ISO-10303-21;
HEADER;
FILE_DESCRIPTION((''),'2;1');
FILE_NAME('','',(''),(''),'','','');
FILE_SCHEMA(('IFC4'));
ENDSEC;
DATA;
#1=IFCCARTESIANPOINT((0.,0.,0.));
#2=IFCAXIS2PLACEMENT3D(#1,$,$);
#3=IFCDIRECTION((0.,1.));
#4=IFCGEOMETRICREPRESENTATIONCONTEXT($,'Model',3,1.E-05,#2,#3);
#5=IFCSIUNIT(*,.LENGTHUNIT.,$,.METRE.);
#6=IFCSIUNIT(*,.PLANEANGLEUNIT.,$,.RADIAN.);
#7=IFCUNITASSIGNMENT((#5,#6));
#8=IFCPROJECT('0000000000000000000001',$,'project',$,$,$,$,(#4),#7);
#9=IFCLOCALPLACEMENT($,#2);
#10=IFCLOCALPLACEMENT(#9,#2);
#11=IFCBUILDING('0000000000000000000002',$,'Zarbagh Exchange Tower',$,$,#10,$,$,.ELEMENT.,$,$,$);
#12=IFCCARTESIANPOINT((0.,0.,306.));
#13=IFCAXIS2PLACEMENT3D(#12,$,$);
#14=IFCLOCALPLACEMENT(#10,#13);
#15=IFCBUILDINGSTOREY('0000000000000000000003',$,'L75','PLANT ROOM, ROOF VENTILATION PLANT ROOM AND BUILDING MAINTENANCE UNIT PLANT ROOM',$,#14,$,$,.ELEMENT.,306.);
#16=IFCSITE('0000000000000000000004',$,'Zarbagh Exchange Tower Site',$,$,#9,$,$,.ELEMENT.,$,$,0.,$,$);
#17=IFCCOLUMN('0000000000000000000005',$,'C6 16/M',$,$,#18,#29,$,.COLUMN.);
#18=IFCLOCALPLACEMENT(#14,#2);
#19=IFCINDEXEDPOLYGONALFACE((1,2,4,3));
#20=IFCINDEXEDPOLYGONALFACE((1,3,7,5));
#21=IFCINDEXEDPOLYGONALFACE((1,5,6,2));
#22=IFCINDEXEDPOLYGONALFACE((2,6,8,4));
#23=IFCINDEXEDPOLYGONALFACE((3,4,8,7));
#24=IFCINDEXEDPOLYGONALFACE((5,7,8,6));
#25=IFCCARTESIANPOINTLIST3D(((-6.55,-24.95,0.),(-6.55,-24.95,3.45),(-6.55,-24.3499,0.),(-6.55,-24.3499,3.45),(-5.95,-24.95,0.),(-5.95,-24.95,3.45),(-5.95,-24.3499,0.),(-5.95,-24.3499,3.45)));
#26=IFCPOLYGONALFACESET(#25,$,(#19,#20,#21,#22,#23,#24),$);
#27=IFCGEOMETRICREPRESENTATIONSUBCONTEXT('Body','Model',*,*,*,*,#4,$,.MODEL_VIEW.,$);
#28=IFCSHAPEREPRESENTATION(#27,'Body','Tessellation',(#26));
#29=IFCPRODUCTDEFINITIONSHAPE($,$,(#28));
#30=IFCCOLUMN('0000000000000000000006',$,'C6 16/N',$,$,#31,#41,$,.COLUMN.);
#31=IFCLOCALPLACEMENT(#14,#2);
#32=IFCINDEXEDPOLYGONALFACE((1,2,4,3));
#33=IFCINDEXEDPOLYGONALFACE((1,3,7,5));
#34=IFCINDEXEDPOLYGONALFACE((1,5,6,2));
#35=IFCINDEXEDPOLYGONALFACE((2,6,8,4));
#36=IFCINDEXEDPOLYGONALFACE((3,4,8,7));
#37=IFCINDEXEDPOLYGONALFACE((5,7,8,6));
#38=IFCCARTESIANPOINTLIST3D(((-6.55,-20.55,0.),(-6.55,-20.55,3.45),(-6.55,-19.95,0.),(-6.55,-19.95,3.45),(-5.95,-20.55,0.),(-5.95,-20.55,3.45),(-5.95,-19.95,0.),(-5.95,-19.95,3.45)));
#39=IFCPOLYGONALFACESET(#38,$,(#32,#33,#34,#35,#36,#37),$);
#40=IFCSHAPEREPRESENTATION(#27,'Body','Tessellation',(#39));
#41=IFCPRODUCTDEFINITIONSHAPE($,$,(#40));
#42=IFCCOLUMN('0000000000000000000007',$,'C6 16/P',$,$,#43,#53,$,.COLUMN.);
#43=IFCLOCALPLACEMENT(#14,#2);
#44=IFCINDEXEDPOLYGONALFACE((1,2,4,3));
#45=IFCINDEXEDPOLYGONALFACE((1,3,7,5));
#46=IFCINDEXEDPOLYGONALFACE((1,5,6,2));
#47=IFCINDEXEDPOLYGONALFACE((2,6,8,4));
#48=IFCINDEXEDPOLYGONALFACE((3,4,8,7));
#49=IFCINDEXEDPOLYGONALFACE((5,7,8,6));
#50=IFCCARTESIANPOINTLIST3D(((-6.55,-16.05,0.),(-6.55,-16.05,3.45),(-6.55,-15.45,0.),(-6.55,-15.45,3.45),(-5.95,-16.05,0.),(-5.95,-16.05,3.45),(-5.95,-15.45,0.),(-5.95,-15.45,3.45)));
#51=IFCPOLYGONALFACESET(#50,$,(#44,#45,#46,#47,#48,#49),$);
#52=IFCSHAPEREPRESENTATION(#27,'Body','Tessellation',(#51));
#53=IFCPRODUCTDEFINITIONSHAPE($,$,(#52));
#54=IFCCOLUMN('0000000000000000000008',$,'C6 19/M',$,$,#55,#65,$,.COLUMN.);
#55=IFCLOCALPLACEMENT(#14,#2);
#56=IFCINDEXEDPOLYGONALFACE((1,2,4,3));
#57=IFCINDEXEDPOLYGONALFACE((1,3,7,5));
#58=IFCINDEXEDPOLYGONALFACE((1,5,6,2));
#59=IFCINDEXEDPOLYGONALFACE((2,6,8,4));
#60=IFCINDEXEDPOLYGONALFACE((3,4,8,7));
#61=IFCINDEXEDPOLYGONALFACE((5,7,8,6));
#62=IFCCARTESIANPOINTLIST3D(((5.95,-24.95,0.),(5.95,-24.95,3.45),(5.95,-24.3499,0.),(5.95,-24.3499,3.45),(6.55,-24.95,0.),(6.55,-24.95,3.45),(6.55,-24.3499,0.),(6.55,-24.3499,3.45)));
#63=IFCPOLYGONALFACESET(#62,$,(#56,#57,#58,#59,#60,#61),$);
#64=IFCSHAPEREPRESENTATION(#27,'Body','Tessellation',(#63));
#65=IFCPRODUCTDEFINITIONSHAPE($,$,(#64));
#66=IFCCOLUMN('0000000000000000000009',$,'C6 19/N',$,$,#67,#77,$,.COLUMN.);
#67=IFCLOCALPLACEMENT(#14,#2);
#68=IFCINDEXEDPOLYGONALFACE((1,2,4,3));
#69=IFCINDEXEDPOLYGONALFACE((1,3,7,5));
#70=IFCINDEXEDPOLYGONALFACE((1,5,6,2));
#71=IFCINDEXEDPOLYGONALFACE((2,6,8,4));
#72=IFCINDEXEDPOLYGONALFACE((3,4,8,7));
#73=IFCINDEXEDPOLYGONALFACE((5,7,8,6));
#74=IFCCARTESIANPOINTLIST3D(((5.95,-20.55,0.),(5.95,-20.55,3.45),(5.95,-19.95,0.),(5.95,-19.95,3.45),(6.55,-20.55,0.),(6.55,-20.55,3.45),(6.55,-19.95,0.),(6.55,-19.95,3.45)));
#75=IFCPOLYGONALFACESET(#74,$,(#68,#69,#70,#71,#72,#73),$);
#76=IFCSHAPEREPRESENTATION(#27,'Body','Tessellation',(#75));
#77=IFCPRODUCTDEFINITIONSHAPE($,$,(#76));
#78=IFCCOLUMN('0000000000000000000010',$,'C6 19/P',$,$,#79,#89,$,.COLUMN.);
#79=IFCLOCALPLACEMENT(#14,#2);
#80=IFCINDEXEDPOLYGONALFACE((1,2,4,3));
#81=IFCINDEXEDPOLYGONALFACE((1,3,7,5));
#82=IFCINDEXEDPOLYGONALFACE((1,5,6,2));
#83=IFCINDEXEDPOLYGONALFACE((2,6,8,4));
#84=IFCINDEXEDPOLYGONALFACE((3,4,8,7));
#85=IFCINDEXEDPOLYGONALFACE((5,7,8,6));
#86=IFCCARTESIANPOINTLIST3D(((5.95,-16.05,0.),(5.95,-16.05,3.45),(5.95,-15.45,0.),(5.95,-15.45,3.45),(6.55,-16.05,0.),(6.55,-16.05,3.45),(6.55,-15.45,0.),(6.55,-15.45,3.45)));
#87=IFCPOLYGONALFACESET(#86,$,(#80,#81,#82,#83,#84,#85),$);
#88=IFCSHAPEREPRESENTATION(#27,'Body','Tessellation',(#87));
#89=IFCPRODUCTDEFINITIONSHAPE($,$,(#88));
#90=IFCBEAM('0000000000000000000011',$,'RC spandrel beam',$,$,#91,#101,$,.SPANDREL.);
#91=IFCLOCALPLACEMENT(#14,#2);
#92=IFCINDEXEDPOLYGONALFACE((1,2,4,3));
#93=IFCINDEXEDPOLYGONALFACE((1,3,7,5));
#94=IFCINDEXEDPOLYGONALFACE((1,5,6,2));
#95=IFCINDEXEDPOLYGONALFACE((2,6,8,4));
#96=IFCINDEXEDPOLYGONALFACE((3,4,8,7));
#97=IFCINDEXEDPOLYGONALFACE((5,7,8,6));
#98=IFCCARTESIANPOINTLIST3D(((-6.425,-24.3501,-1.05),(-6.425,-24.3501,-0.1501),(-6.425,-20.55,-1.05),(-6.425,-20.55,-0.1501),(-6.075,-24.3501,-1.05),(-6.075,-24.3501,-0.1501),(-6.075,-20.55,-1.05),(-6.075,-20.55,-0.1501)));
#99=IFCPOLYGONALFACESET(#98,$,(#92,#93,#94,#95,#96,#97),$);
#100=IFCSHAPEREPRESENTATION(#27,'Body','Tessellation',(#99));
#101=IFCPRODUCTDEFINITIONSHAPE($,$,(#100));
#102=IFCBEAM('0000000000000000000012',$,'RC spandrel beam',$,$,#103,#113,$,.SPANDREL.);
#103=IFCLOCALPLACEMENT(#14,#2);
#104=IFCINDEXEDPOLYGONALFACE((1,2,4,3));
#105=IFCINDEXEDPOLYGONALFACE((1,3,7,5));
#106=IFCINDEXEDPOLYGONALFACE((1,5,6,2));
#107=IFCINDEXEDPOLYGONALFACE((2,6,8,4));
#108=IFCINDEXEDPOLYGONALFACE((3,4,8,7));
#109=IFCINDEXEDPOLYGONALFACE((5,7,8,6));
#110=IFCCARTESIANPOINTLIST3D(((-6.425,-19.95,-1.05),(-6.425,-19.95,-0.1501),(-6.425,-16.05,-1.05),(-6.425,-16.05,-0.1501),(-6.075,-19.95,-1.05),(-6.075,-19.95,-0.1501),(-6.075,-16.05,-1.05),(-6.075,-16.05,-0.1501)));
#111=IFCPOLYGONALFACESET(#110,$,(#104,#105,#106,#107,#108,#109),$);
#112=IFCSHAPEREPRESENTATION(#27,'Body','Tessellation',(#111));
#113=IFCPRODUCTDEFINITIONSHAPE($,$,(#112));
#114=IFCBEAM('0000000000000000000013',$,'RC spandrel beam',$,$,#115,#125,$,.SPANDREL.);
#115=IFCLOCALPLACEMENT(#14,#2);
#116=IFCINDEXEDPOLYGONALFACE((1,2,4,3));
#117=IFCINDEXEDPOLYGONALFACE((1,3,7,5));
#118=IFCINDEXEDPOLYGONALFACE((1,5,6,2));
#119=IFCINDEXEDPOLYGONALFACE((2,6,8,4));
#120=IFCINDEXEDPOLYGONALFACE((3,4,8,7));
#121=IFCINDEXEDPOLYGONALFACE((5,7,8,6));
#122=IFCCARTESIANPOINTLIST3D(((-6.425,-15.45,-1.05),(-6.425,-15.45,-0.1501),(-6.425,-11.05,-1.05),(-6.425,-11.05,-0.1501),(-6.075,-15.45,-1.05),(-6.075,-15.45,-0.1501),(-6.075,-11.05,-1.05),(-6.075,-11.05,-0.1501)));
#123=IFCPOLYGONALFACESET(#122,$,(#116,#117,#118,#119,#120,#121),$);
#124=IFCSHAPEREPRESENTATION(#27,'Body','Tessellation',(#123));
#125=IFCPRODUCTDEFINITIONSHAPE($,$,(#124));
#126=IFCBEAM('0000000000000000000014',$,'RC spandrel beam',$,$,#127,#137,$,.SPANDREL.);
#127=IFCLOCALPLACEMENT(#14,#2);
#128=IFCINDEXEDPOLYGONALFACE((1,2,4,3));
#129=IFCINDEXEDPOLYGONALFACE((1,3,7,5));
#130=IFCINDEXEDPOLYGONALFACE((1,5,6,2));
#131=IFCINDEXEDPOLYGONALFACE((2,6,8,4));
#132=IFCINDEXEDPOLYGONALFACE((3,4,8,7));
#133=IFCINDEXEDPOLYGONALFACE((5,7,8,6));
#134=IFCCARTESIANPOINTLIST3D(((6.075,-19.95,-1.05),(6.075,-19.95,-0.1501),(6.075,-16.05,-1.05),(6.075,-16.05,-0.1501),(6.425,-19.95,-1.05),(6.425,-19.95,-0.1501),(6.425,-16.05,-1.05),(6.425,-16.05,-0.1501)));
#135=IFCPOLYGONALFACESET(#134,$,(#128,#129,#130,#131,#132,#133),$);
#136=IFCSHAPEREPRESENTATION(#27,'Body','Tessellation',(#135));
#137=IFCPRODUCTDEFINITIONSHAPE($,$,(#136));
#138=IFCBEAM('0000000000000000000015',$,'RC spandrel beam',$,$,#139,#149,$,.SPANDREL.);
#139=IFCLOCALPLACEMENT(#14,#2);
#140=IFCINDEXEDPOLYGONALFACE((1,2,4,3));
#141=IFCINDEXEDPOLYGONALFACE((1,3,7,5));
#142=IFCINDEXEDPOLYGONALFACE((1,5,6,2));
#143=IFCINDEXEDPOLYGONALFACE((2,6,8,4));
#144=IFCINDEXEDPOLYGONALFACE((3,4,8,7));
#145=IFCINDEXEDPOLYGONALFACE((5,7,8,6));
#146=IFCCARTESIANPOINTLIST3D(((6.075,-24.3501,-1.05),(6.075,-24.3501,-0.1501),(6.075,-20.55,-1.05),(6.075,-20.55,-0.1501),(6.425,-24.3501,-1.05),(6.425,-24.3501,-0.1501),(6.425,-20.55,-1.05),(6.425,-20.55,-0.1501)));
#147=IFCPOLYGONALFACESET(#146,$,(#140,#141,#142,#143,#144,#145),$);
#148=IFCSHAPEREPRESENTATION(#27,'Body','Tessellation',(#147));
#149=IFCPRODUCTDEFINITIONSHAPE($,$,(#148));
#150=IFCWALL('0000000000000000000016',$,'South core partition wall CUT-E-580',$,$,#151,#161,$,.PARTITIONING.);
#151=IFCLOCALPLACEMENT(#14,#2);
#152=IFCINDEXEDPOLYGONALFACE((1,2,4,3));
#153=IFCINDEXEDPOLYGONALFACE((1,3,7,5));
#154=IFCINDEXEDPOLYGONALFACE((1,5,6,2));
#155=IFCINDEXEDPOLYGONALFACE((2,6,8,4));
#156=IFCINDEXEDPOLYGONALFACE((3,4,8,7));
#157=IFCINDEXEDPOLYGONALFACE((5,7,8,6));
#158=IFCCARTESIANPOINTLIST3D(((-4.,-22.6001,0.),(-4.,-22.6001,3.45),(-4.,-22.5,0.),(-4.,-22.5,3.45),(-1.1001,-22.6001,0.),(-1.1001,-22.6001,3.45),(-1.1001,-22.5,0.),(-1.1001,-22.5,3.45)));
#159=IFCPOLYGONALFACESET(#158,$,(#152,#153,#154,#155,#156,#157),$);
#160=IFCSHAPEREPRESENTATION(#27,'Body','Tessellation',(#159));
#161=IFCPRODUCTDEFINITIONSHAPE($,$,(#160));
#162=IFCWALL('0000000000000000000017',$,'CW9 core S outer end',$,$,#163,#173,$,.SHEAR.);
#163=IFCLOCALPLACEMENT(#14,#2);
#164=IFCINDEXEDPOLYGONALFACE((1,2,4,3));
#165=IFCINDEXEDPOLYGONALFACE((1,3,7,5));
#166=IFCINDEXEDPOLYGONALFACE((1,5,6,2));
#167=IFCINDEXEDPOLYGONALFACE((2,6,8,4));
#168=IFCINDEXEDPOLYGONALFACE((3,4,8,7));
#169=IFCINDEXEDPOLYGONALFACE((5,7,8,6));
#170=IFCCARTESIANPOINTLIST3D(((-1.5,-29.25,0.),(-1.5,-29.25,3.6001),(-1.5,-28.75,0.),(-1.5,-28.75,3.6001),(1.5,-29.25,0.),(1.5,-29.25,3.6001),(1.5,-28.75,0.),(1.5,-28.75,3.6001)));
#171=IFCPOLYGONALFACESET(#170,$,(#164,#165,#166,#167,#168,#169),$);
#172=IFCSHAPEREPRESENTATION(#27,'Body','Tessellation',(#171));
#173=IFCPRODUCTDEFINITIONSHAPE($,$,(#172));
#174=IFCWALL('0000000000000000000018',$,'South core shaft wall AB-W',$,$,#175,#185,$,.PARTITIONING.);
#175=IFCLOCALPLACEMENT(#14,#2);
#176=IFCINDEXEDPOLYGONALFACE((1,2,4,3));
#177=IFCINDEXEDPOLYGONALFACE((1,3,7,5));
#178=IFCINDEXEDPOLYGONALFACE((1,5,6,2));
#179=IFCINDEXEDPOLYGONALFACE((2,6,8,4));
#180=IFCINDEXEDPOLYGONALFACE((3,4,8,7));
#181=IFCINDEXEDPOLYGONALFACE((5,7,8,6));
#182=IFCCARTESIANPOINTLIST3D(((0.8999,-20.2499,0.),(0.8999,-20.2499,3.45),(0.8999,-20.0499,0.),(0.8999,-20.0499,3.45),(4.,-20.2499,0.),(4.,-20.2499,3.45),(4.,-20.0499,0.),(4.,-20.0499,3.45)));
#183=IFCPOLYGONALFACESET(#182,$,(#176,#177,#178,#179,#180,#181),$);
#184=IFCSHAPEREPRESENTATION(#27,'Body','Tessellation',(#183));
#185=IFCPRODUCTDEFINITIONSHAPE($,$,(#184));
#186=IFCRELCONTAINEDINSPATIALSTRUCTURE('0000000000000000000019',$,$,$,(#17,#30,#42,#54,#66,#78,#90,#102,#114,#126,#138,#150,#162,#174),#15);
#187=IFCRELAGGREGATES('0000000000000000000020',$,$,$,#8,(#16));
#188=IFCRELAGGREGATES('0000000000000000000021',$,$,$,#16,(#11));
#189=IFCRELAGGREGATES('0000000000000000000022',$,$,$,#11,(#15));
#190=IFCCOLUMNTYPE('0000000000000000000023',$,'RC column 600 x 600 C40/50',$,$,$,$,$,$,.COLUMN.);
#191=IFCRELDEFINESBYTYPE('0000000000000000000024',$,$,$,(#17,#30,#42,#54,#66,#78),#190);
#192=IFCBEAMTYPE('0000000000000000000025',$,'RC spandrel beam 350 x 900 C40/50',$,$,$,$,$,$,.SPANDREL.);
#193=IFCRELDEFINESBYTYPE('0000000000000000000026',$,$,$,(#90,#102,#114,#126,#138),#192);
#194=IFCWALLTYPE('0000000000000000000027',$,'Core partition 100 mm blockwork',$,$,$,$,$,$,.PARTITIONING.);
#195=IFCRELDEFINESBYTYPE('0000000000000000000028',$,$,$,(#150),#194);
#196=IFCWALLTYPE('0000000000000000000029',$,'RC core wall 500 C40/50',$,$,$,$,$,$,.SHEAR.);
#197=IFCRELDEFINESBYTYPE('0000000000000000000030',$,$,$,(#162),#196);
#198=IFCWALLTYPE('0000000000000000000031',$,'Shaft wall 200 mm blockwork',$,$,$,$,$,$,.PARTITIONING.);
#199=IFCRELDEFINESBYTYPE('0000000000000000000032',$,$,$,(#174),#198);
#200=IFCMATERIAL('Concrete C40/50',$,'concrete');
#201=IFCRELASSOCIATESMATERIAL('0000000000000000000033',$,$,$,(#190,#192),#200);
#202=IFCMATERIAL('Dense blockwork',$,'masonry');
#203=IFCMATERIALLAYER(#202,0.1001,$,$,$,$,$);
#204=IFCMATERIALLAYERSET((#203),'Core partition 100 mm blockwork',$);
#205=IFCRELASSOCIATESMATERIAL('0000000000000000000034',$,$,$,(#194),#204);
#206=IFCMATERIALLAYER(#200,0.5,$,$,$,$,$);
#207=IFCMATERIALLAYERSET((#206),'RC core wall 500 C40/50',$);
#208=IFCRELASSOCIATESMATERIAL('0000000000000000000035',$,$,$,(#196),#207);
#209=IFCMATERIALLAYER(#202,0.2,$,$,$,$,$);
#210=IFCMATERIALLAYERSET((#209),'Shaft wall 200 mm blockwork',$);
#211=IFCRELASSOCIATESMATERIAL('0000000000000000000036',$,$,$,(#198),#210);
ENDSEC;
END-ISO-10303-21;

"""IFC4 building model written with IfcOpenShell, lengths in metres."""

from ifc_helpers import new_model, si_unit, direction, frame, frame_2d, origin, origin_2d, place, context, subcontext, project, spatial, rectangle, extrude, material, layer, layer_set, material_profile, profile_set, type_object, element, save


model = new_model("IFC4")

# Units and contexts
model_context = context("Model", 3, precision=1e-05, world=origin(), true_north=direction((0.0, 1.0)))
body_context = subcontext(model_context, "Body", "Model", "MODEL_VIEW")
ifc_project = project(units=[si_unit("LENGTHUNIT", "METRE"), si_unit("PLANEANGLEUNIT", "RADIAN")], contexts=[model_context])

# Site, building, storey
site_placement = place(None, origin())
site = spatial("IfcSite", under=ifc_project, at=site_placement, Name="Zarbagh Exchange Tower Site", CompositionType="ELEMENT", RefElevation=0.0)
building_placement = place(site_placement, origin())
building = spatial("IfcBuilding", under=site, at=building_placement, Name="Zarbagh Exchange Tower", CompositionType="ELEMENT")
storey_placement = place(building_placement, frame((0.0, 0.0, 306.0)))
storey = spatial("IfcBuildingStorey", under=building, at=storey_placement, Name="L75", Description="PLANT ROOM, ROOF VENTILATION PLANT ROOM AND BUILDING MAINTENANCE UNIT PLANT ROOM", CompositionType="ELEMENT", Elevation=306.0)

# Columns
ifc_material_1 = material(Name="Concrete C40/50", Category="concrete")
ifc_material_profile_1 = material_profile(ifc_material_1, rectangle(XDim=0.6001, YDim=0.6001, at=origin_2d()), Name="RC column 600 x 600 C40/50")
ifc_profile_set_1 = profile_set([ifc_material_profile_1], Name="Concrete C40/50")
column_type = type_object("IfcColumnType", Name="RC column 600 x 600 C40/50", PredefinedType="COLUMN", material=ifc_profile_set_1)
for number, where, z_axis, x_axis, name in (
    (1, (-6.25, -24.6499, 0.0), (0.0, 0.0, 1.0), (1.0, 0.0, 0.0), "C6 16/M"),
    (2, (-6.25, -20.25, 0.0), (0.0, 0.0, 1.0), (1.0, 0.0, 0.0), "C6 16/N"),
    (3, (-6.25, -15.75, 0.0), (0.0, 0.0, 1.0), (1.0, 0.0, 0.0), "C6 16/P"),
    (4, (6.25, -24.6499, 0.0), (0.0, 0.0, 1.0), (1.0, 0.0, 0.0), "C6 19/M"),
    (5, (6.25, -20.25, 0.0), (0.0, 0.0, 1.0), (1.0, 0.0, 0.0), "C6 19/N"),
    (6, (6.25, -15.75, 0.0), (0.0, 0.0, 1.0), (1.0, 0.0, 0.0), "C6 19/P"),
):
    element("IfcColumn", number, at=place(storey_placement, frame(where, z_axis=z_axis, x_axis=x_axis)), inside=storey, type_object=column_type, Name=name, PredefinedType="COLUMN", context=body_context, shape_type="SweptSolid", body=[
        extrude(rectangle(XDim=0.6001, YDim=0.6001, at=origin_2d()), origin(), (0.0, 0.0, 1.0), 3.45),
    ])

# Beams
ifc_material_profile_2 = material_profile(ifc_material_1, rectangle(XDim=0.3501, YDim=0.8999, at=origin_2d()), Name="RC spandrel beam 350 x 900 C40/50")
ifc_profile_set_2 = profile_set([ifc_material_profile_2], Name="Concrete C40/50")
beam_type = type_object("IfcBeamType", Name="RC spandrel beam 350 x 900 C40/50", PredefinedType="SPANDREL", material=ifc_profile_set_2)
beam_1_placement = place(storey_placement, frame((-6.25, -24.3501, -0.6001), z_axis=(0.0, 1.0, 0.0), x_axis=(-1.0, 0.0, 0.0)))
element("IfcBeam", 7, at=beam_1_placement, inside=storey, type_object=beam_type, Name="RC spandrel beam", PredefinedType="SPANDREL", context=body_context, shape_type="SweptSolid", body=[
    extrude(rectangle(XDim=0.3501, YDim=0.8999, at=origin_2d()), origin(), (0.0, 0.0, 1.0), 3.8),
])
beam_2_placement = place(storey_placement, frame((-6.25, -19.95, -0.6001), z_axis=(0.0, 1.0, 0.0), x_axis=(-1.0, 0.0, 0.0)))
element("IfcBeam", 8, at=beam_2_placement, inside=storey, type_object=beam_type, Name="RC spandrel beam", PredefinedType="SPANDREL", context=body_context, shape_type="SweptSolid", body=[
    extrude(rectangle(XDim=0.3501, YDim=0.8999, at=origin_2d()), origin(), (0.0, 0.0, 1.0), 3.8999),
])
beam_3_placement = place(storey_placement, frame((-6.25, -15.45, -0.6001), z_axis=(0.0, 1.0, 0.0), x_axis=(-1.0, 0.0, 0.0)))
element("IfcBeam", 9, at=beam_3_placement, inside=storey, type_object=beam_type, Name="RC spandrel beam", PredefinedType="SPANDREL", context=body_context, shape_type="SweptSolid", body=[
    extrude(rectangle(XDim=0.3501, YDim=0.8999, at=origin_2d()), origin(), (0.0, 0.0, 1.0), 4.3999),
])
beam_4_placement = place(storey_placement, frame((6.25, -16.05, -0.6001), z_axis=(0.0, -1.0, 0.0), x_axis=(1.0, 0.0, 0.0)))
element("IfcBeam", 10, at=beam_4_placement, inside=storey, type_object=beam_type, Name="RC spandrel beam", PredefinedType="SPANDREL", context=body_context, shape_type="SweptSolid", body=[
    extrude(rectangle(XDim=0.3501, YDim=0.8999, at=origin_2d()), origin(), (0.0, 0.0, 1.0), 3.8999),
])
beam_5_placement = place(storey_placement, frame((6.25, -20.55, -0.6001), z_axis=(0.0, -1.0, 0.0), x_axis=(1.0, 0.0, 0.0)))
element("IfcBeam", 11, at=beam_5_placement, inside=storey, type_object=beam_type, Name="RC spandrel beam", PredefinedType="SPANDREL", context=body_context, shape_type="SweptSolid", body=[
    extrude(rectangle(XDim=0.3501, YDim=0.8999, at=origin_2d()), origin(), (0.0, 0.0, 1.0), 3.8),
])

# Walls
ifc_material_2 = material(Name="Dense blockwork", Category="masonry")
ifc_layer_1 = layer(ifc_material_2, 0.1001)
ifc_layer_set_1 = layer_set([ifc_layer_1], Name="Core partition 100 mm blockwork")
wall_type_1 = type_object("IfcWallType", Name="Core partition 100 mm blockwork", PredefinedType="PARTITIONING", material=ifc_layer_set_1)
wall_1_placement = place(storey_placement, frame((-1.1001, -22.55, 0.0), z_axis=(0.0, 0.0, 1.0), x_axis=(-1.0, 0.0, 0.0)))
element("IfcWall", 12, at=wall_1_placement, inside=storey, type_object=wall_type_1, Name="South core partition wall CUT-E-580", PredefinedType="PARTITIONING", context=body_context, shape_type="SweptSolid", body=[
    extrude(rectangle(XDim=2.8999, YDim=0.1001, at=frame_2d((1.45, 0.0))), origin(), (0.0, 0.0, 1.0), 3.45),
])
ifc_layer_2 = layer(ifc_material_1, 0.5)
ifc_layer_set_2 = layer_set([ifc_layer_2], Name="RC core wall 500 C40/50")
wall_type_2 = type_object("IfcWallType", Name="RC core wall 500 C40/50", PredefinedType="SHEAR", material=ifc_layer_set_2)
wall_2_placement = place(storey_placement, frame((-1.5, -29.0, 0.0), z_axis=(0.0, 0.0, 1.0), x_axis=(1.0, 0.0, 0.0)))
element("IfcWall", 13, at=wall_2_placement, inside=storey, type_object=wall_type_2, Name="CW9 core S outer end", PredefinedType="SHEAR", context=body_context, shape_type="SweptSolid", body=[
    extrude(rectangle(XDim=3.0, YDim=0.5, at=frame_2d((1.5, 0.0))), origin(), (0.0, 0.0, 1.0), 3.6001),
])
ifc_layer_3 = layer(ifc_material_2, 0.2)
ifc_layer_set_3 = layer_set([ifc_layer_3], Name="Shaft wall 200 mm blockwork")
wall_type_3 = type_object("IfcWallType", Name="Shaft wall 200 mm blockwork", PredefinedType="PARTITIONING", material=ifc_layer_set_3)
wall_3_placement = place(storey_placement, frame((4.0, -20.1499, 0.0), z_axis=(0.0, 0.0, 1.0), x_axis=(-1.0, 0.0, 0.0)))
element("IfcWall", 14, at=wall_3_placement, inside=storey, type_object=wall_type_3, Name="South core shaft wall AB-W", PredefinedType="PARTITIONING", context=body_context, shape_type="SweptSolid", body=[
    extrude(rectangle(XDim=3.1001, YDim=0.2, at=frame_2d((1.55, 0.0))), origin(), (0.0, 0.0, 1.0), 3.45),
])

save(model, "model.ifc")
